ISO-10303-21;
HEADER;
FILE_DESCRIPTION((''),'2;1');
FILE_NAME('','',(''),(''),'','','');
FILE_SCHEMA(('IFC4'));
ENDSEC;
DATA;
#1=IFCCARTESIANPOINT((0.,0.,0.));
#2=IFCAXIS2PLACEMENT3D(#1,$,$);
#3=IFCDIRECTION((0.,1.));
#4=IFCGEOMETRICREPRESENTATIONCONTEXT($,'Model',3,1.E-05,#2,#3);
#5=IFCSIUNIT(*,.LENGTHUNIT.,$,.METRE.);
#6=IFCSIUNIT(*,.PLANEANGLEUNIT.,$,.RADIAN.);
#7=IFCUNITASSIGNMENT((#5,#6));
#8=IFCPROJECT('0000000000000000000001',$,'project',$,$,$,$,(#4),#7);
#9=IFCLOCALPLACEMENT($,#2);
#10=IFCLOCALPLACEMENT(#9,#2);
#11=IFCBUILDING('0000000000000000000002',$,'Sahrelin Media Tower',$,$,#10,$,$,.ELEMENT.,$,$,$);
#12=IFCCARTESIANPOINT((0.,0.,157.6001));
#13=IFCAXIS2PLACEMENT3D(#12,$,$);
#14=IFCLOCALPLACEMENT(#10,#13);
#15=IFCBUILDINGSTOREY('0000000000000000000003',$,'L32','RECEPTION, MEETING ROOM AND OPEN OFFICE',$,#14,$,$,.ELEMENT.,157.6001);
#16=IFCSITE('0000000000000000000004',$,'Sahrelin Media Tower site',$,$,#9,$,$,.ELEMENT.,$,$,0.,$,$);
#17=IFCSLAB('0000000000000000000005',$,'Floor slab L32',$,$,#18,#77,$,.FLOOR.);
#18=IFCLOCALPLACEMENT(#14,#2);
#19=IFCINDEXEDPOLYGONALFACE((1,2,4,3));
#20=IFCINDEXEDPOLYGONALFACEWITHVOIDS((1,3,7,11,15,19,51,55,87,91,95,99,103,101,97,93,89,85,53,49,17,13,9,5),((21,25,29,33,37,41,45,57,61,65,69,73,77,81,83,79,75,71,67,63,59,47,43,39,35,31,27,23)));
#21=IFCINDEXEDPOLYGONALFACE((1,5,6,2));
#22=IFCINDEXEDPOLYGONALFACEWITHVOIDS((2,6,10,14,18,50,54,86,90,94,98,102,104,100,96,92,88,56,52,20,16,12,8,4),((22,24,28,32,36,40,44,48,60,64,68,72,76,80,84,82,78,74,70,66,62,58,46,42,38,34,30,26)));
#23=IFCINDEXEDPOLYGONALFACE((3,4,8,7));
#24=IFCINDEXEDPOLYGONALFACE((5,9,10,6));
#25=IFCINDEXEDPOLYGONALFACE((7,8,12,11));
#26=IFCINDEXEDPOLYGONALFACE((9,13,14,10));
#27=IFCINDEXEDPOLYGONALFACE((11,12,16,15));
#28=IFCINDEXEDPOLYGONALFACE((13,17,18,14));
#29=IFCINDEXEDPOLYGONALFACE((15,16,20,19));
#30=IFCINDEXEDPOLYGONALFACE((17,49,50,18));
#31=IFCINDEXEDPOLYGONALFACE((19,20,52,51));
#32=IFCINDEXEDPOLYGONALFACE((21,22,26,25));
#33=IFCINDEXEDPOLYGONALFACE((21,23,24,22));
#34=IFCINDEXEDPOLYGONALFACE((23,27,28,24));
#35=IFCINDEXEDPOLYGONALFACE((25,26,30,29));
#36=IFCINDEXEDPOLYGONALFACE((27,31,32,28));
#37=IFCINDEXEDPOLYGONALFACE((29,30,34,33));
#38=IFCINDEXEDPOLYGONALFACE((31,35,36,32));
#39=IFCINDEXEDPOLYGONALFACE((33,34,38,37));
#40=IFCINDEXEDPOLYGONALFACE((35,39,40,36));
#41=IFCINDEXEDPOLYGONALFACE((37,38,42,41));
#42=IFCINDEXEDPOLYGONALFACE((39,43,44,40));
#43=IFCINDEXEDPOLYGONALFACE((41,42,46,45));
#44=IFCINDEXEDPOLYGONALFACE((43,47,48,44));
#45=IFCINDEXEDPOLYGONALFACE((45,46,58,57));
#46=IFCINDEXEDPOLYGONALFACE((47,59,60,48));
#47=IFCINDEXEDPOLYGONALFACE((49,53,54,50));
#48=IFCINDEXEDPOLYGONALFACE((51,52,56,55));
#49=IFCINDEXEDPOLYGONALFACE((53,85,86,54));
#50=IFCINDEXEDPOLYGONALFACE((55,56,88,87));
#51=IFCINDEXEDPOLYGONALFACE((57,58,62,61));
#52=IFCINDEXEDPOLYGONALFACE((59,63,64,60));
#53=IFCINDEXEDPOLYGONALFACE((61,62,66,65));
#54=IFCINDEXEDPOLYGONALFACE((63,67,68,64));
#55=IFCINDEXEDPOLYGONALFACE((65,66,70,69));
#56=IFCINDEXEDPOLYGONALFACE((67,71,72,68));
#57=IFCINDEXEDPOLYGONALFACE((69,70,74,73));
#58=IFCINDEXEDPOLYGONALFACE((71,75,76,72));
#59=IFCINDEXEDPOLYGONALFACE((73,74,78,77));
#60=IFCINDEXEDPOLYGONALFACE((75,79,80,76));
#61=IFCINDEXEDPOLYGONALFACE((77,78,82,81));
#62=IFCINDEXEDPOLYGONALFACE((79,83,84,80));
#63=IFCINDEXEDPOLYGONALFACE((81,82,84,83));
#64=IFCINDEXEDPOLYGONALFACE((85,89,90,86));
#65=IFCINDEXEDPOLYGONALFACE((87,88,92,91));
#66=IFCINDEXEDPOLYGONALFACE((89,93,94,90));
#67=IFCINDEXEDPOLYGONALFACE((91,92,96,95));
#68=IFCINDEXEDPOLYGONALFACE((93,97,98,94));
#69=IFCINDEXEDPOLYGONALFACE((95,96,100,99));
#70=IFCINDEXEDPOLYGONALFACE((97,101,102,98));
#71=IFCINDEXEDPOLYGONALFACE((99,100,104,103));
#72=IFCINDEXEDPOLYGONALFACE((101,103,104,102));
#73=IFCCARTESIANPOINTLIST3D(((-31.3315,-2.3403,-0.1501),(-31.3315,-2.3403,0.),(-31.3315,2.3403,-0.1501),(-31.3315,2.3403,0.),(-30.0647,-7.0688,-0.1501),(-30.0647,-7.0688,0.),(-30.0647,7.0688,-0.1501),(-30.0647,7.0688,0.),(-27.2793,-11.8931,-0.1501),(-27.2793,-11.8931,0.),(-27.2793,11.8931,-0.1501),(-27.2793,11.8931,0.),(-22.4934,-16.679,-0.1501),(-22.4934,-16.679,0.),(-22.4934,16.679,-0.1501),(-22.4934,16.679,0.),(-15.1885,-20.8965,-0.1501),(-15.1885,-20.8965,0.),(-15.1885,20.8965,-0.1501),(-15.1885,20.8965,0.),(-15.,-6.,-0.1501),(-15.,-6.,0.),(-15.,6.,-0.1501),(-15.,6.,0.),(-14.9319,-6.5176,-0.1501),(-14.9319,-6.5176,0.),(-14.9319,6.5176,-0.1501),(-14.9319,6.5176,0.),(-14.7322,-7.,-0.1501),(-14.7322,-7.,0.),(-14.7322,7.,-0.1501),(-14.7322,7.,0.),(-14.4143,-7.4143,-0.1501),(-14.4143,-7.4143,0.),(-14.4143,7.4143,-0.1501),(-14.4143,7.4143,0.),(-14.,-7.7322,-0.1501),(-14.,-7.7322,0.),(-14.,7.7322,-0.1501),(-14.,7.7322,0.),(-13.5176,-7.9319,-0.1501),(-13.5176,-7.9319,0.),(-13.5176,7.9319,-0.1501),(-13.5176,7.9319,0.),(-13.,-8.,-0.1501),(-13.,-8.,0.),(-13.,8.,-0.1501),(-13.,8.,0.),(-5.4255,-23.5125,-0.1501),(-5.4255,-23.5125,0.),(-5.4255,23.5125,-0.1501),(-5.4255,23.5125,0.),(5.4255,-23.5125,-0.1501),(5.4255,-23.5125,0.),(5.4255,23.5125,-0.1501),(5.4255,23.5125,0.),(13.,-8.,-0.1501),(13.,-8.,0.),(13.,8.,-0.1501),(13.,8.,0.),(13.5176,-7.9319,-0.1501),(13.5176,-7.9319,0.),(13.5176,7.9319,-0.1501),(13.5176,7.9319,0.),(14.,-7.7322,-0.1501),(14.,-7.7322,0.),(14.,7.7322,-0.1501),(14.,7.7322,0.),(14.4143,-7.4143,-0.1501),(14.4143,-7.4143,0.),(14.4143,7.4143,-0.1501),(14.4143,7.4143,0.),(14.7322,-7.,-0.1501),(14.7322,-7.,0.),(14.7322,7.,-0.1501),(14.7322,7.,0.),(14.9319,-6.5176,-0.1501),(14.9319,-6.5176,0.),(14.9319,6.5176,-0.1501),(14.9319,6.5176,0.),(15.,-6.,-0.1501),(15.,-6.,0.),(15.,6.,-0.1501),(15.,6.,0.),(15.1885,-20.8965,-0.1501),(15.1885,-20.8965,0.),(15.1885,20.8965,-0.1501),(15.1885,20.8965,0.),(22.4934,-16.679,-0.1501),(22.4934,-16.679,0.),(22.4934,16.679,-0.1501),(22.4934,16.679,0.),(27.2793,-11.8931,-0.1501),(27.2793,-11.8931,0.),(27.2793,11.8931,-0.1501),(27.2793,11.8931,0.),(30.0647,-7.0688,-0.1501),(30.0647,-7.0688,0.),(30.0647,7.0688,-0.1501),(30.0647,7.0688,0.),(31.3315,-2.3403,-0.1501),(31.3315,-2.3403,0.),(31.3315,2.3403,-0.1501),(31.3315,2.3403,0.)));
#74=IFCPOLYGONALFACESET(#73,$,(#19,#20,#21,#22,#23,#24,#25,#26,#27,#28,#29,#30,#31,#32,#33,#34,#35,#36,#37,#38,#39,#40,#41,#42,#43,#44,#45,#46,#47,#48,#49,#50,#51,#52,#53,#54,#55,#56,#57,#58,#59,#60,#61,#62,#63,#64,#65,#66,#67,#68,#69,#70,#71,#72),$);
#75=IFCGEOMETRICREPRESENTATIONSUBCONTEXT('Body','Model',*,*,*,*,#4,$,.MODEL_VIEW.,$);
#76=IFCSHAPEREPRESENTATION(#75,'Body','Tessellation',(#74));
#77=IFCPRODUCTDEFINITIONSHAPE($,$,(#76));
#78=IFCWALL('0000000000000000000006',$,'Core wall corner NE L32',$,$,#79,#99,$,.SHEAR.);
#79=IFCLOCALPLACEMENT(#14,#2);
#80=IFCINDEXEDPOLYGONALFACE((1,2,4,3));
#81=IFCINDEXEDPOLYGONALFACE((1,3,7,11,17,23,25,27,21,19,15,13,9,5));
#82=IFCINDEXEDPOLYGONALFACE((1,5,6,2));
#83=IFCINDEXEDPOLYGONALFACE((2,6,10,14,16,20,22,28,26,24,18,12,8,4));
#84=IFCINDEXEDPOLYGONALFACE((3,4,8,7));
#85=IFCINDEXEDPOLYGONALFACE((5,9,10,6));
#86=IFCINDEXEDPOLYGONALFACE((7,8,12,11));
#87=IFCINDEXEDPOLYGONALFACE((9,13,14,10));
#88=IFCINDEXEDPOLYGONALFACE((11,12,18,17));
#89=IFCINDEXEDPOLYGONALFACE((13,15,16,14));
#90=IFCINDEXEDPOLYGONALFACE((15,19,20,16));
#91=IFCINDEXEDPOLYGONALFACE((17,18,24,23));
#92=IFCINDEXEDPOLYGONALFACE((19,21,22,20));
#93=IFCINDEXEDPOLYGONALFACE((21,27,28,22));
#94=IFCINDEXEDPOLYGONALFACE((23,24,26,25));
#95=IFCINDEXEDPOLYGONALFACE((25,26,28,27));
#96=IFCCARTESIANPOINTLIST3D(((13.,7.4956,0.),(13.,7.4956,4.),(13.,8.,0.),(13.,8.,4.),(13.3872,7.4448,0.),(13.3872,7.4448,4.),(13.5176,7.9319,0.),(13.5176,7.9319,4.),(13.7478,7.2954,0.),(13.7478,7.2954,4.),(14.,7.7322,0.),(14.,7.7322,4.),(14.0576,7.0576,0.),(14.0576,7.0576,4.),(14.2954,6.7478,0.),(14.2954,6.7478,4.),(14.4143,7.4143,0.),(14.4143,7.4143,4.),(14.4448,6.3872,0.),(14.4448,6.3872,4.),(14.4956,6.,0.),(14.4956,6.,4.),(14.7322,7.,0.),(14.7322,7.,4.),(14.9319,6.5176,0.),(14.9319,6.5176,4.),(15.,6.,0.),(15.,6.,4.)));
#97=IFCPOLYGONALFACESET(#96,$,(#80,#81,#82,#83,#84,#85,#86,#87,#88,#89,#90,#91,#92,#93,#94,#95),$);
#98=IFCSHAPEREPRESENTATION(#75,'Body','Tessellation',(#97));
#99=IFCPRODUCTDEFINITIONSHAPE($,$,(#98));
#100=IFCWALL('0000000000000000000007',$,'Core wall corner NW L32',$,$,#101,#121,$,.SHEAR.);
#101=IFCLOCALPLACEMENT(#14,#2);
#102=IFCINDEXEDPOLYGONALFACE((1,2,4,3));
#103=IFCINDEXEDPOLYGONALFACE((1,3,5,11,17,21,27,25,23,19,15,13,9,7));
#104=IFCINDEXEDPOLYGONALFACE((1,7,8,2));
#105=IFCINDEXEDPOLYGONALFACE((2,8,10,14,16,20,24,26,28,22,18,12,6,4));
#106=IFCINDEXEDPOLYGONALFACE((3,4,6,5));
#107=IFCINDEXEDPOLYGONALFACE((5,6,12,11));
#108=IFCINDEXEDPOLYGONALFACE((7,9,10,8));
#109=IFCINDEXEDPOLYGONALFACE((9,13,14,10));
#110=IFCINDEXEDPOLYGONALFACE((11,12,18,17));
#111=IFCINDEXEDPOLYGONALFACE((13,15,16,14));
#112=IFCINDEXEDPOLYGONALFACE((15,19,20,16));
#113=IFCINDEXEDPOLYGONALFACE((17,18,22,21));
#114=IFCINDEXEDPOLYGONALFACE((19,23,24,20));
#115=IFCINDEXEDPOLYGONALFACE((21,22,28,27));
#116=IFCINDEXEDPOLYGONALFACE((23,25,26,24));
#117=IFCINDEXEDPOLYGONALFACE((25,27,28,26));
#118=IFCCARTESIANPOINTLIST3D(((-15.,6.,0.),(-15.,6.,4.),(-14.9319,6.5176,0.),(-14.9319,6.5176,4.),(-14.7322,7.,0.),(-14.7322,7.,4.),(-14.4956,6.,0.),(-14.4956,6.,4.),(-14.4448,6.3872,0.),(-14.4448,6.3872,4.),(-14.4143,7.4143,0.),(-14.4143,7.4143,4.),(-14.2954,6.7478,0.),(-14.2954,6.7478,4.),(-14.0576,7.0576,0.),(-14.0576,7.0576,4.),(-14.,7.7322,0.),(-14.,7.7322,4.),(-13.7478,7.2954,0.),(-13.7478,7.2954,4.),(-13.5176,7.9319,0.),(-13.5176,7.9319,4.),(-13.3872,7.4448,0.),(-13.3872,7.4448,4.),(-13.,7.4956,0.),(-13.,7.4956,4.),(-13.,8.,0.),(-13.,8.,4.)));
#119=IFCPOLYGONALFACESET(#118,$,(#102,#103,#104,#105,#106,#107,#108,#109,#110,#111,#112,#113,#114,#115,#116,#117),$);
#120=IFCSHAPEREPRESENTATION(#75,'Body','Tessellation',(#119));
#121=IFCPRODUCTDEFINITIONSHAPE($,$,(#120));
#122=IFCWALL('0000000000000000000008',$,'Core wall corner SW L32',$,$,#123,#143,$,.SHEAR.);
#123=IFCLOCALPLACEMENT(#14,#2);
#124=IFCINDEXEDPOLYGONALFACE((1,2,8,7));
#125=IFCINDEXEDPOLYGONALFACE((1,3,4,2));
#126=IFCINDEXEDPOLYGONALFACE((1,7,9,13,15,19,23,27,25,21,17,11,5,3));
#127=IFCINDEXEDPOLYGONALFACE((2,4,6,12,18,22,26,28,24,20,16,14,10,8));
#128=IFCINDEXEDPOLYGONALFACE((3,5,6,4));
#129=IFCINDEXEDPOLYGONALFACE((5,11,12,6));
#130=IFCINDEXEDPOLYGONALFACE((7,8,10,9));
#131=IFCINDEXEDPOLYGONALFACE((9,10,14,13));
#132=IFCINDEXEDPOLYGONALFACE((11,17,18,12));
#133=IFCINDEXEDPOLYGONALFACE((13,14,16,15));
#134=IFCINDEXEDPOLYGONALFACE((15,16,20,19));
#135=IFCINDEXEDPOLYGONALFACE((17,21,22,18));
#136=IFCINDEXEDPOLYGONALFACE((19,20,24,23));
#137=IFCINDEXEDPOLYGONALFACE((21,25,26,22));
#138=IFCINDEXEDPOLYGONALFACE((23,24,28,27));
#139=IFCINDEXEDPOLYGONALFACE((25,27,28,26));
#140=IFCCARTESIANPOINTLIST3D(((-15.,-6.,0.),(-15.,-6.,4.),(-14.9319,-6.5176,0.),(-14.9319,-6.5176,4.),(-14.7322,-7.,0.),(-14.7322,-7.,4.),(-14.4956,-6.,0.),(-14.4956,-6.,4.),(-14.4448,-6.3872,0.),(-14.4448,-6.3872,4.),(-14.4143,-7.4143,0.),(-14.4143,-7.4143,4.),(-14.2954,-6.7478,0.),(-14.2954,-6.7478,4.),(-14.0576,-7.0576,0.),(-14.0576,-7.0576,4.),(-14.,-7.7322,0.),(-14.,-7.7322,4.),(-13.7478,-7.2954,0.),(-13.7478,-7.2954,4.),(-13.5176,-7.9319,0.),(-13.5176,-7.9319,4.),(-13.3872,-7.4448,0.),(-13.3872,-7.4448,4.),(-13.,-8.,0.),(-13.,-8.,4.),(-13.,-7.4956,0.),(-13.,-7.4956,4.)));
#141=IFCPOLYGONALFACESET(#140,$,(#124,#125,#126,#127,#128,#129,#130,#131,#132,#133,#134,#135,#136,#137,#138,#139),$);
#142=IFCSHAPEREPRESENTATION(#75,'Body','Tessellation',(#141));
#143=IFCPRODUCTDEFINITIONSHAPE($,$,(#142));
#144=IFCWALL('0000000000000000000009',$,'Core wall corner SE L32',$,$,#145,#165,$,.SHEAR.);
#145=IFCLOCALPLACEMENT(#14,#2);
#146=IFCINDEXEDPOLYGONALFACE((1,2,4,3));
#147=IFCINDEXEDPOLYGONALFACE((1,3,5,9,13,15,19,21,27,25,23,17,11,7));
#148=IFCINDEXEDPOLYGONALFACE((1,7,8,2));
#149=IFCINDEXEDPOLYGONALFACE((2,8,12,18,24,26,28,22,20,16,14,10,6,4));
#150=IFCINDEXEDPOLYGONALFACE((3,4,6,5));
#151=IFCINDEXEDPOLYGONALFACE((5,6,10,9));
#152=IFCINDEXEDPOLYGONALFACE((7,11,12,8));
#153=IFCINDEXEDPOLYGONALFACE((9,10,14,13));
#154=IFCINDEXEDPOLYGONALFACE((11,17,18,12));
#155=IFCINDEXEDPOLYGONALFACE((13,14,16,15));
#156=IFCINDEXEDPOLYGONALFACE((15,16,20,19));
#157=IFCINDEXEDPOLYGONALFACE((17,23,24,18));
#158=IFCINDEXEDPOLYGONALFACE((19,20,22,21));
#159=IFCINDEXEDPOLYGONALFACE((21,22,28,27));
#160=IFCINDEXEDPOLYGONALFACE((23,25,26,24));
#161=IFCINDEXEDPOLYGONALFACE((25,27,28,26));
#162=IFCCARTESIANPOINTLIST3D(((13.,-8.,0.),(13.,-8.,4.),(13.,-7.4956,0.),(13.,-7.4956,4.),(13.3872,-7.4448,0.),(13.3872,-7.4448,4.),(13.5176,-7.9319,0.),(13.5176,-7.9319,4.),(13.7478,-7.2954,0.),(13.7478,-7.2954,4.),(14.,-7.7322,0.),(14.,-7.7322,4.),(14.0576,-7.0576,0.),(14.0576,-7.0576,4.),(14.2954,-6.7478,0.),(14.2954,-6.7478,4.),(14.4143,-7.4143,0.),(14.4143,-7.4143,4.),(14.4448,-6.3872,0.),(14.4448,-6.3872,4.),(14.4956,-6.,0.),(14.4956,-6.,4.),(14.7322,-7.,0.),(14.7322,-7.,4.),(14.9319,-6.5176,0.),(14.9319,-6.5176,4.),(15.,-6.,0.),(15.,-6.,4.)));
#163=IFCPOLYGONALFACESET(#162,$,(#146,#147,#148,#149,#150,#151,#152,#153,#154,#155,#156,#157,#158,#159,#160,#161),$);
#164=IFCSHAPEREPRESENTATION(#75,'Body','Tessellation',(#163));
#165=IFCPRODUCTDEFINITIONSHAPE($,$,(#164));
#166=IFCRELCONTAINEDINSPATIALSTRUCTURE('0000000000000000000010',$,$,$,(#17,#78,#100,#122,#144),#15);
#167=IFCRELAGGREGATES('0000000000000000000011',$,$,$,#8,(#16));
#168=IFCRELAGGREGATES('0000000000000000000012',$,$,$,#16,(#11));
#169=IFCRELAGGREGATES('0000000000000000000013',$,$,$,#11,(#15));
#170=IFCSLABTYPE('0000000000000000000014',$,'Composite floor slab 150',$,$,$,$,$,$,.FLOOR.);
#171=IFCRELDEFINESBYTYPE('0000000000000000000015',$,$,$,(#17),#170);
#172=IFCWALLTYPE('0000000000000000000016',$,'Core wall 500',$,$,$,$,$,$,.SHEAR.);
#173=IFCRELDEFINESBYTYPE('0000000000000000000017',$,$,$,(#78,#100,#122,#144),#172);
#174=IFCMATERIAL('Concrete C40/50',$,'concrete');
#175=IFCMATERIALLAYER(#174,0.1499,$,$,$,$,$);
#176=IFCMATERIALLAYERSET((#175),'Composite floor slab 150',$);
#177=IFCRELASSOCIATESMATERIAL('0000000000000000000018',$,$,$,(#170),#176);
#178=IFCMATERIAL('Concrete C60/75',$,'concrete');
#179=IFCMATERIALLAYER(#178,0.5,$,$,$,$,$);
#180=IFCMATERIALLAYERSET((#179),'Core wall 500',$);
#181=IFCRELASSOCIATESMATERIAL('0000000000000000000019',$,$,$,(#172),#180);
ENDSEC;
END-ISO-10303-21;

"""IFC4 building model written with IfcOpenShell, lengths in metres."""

from ifc_helpers import new_model, si_unit, direction, frame, origin, place, context, subcontext, project, spatial, polyline, outline, extrude, material, layer, layer_set, type_object, element, save


model = new_model("IFC4")

# Units and contexts
model_context = context("Model", 3, precision=1e-05, world=origin(), true_north=direction((0.0, 1.0)))
body_context = subcontext(model_context, "Body", "Model", "MODEL_VIEW")
ifc_project = project(units=[si_unit("LENGTHUNIT", "METRE"), si_unit("PLANEANGLEUNIT", "RADIAN")], contexts=[model_context])

# Site, building, storey
site_placement = place(None, origin())
site = spatial("IfcSite", under=ifc_project, at=site_placement, Name="Sahrelin Media Tower site", CompositionType="ELEMENT", RefElevation=0.0)
building_placement = place(site_placement, origin())
building = spatial("IfcBuilding", under=site, at=building_placement, Name="Sahrelin Media Tower", CompositionType="ELEMENT")
storey_placement = place(building_placement, frame((0.0, 0.0, 157.6001)))
storey = spatial("IfcBuildingStorey", under=building, at=storey_placement, Name="L32", Description="RECEPTION, MEETING ROOM AND OPEN OFFICE", CompositionType="ELEMENT", Elevation=157.6001)

# Slab
ifc_material_1 = material(Name="Concrete C40/50", Category="concrete")
ifc_layer_1 = layer(ifc_material_1, 0.1499)
ifc_layer_set_1 = layer_set([ifc_layer_1], Name="Composite floor slab 150")
slab_type = type_object("IfcSlabType", Name="Composite floor slab 150", PredefinedType="FLOOR", material=ifc_layer_set_1)
slab_placement = place(storey_placement, frame((0.0, 0.0, -0.1501)))
element("IfcSlab", 1, at=slab_placement, inside=storey, type_object=slab_type, Name="Floor slab L32", PredefinedType="FLOOR", context=body_context, shape_type="SweptSolid", body=[
    extrude(outline(polyline([(31.3315, -2.3403), (31.3315, 2.3403), (30.0647, 7.0688), (27.2793, 11.8931), (22.4934, 16.679), (15.1885, 20.8965), (5.4255, 23.5125), (-5.4255, 23.5125), (-15.1885, 20.8965), (-22.4934, 16.679), (-27.2793, 11.8931), (-30.0647, 7.0688), (-31.3315, 2.3403), (-31.3315, -2.3403), (-30.0647, -7.0688), (-27.2793, -11.8931), (-22.4934, -16.679), (-15.1885, -20.8965), (-5.4255, -23.5125), (5.4255, -23.5125), (15.1885, -20.8965), (22.4934, -16.679), (27.2793, -11.8931), (30.0647, -7.0688), (31.3315, -2.3403)]), holes=[polyline([(14.9319, 6.5176), (15.0, 6.0), (15.0, -6.0), (14.9319, -6.5176), (14.7322, -7.0), (14.4143, -7.4143), (14.0, -7.7322), (13.5176, -7.9319), (13.0, -8.0), (-13.0, -8.0), (-13.5176, -7.9319), (-14.0, -7.7322), (-14.4143, -7.4143), (-14.7322, -7.0), (-14.9319, -6.5176), (-15.0, -6.0), (-15.0, 6.0), (-14.9319, 6.5176), (-14.7322, 7.0), (-14.4143, 7.4143), (-14.0, 7.7322), (-13.5176, 7.9319), (-13.0, 8.0), (13.0, 8.0), (13.5176, 7.9319), (14.0, 7.7322), (14.4143, 7.4143), (14.7322, 7.0), (14.9319, 6.5176)])]), origin(), (0.0, 0.0, 1.0), 0.1501),
])

# Walls
ifc_material_2 = material(Name="Concrete C60/75", Category="concrete")
ifc_layer_2 = layer(ifc_material_2, 0.5)
ifc_layer_set_2 = layer_set([ifc_layer_2], Name="Core wall 500")
wall_type_1 = type_object("IfcWallType", Name="Core wall 500", PredefinedType="SHEAR", material=ifc_layer_set_2)
placement = place(storey_placement, origin())
element("IfcWall", 2, at=placement, inside=storey, type_object=wall_type_1, Name="Core wall corner NE L32", PredefinedType="SHEAR", context=body_context, shape_type="SweptSolid", body=[
    extrude(outline(polyline([(13.0, 8.0), (13.0, 7.4956), (13.3872, 7.4448), (13.7478, 7.2954), (14.0576, 7.0576), (14.2954, 6.7478), (14.4448, 6.3872), (14.4956, 6.0), (15.0, 6.0), (14.9319, 6.5176), (14.7322, 7.0), (14.4143, 7.4143), (14.0, 7.7322), (13.5176, 7.9319), (13.0, 8.0)])), origin(), (0.0, 0.0, 1.0), 4.0),
])
element("IfcWall", 3, at=placement, inside=storey, type_object=wall_type_1, Name="Core wall corner NW L32", PredefinedType="SHEAR", context=body_context, shape_type="SweptSolid", body=[
    extrude(outline(polyline([(-15.0, 6.0), (-14.4956, 6.0), (-14.4448, 6.3872), (-14.2954, 6.7478), (-14.0576, 7.0576), (-13.7478, 7.2954), (-13.3872, 7.4448), (-13.0, 7.4956), (-13.0, 8.0), (-13.5176, 7.9319), (-14.0, 7.7322), (-14.4143, 7.4143), (-14.7322, 7.0), (-14.9319, 6.5176), (-15.0, 6.0)])), origin(), (0.0, 0.0, 1.0), 4.0),
])
element("IfcWall", 4, at=placement, inside=storey, type_object=wall_type_1, Name="Core wall corner SW L32", PredefinedType="SHEAR", context=body_context, shape_type="SweptSolid", body=[
    extrude(outline(polyline([(-13.0, -8.0), (-13.0, -7.4956), (-13.3872, -7.4448), (-13.7478, -7.2954), (-14.0576, -7.0576), (-14.2954, -6.7478), (-14.4448, -6.3872), (-14.4956, -6.0), (-15.0, -6.0), (-14.9319, -6.5176), (-14.7322, -7.0), (-14.4143, -7.4143), (-14.0, -7.7322), (-13.5176, -7.9319), (-13.0, -8.0)])), origin(), (0.0, 0.0, 1.0), 4.0),
])
element("IfcWall", 5, at=placement, inside=storey, type_object=wall_type_1, Name="Core wall corner SE L32", PredefinedType="SHEAR", context=body_context, shape_type="SweptSolid", body=[
    extrude(outline(polyline([(15.0, -6.0), (14.4956, -6.0), (14.4448, -6.3872), (14.2954, -6.7478), (14.0576, -7.0576), (13.7478, -7.2954), (13.3872, -7.4448), (13.0, -7.4956), (13.0, -8.0), (13.5176, -7.9319), (14.0, -7.7322), (14.4143, -7.4143), (14.7322, -7.0), (14.9319, -6.5176), (15.0, -6.0)])), origin(), (0.0, 0.0, 1.0), 4.0),
])

save(model, "model.ifc")
